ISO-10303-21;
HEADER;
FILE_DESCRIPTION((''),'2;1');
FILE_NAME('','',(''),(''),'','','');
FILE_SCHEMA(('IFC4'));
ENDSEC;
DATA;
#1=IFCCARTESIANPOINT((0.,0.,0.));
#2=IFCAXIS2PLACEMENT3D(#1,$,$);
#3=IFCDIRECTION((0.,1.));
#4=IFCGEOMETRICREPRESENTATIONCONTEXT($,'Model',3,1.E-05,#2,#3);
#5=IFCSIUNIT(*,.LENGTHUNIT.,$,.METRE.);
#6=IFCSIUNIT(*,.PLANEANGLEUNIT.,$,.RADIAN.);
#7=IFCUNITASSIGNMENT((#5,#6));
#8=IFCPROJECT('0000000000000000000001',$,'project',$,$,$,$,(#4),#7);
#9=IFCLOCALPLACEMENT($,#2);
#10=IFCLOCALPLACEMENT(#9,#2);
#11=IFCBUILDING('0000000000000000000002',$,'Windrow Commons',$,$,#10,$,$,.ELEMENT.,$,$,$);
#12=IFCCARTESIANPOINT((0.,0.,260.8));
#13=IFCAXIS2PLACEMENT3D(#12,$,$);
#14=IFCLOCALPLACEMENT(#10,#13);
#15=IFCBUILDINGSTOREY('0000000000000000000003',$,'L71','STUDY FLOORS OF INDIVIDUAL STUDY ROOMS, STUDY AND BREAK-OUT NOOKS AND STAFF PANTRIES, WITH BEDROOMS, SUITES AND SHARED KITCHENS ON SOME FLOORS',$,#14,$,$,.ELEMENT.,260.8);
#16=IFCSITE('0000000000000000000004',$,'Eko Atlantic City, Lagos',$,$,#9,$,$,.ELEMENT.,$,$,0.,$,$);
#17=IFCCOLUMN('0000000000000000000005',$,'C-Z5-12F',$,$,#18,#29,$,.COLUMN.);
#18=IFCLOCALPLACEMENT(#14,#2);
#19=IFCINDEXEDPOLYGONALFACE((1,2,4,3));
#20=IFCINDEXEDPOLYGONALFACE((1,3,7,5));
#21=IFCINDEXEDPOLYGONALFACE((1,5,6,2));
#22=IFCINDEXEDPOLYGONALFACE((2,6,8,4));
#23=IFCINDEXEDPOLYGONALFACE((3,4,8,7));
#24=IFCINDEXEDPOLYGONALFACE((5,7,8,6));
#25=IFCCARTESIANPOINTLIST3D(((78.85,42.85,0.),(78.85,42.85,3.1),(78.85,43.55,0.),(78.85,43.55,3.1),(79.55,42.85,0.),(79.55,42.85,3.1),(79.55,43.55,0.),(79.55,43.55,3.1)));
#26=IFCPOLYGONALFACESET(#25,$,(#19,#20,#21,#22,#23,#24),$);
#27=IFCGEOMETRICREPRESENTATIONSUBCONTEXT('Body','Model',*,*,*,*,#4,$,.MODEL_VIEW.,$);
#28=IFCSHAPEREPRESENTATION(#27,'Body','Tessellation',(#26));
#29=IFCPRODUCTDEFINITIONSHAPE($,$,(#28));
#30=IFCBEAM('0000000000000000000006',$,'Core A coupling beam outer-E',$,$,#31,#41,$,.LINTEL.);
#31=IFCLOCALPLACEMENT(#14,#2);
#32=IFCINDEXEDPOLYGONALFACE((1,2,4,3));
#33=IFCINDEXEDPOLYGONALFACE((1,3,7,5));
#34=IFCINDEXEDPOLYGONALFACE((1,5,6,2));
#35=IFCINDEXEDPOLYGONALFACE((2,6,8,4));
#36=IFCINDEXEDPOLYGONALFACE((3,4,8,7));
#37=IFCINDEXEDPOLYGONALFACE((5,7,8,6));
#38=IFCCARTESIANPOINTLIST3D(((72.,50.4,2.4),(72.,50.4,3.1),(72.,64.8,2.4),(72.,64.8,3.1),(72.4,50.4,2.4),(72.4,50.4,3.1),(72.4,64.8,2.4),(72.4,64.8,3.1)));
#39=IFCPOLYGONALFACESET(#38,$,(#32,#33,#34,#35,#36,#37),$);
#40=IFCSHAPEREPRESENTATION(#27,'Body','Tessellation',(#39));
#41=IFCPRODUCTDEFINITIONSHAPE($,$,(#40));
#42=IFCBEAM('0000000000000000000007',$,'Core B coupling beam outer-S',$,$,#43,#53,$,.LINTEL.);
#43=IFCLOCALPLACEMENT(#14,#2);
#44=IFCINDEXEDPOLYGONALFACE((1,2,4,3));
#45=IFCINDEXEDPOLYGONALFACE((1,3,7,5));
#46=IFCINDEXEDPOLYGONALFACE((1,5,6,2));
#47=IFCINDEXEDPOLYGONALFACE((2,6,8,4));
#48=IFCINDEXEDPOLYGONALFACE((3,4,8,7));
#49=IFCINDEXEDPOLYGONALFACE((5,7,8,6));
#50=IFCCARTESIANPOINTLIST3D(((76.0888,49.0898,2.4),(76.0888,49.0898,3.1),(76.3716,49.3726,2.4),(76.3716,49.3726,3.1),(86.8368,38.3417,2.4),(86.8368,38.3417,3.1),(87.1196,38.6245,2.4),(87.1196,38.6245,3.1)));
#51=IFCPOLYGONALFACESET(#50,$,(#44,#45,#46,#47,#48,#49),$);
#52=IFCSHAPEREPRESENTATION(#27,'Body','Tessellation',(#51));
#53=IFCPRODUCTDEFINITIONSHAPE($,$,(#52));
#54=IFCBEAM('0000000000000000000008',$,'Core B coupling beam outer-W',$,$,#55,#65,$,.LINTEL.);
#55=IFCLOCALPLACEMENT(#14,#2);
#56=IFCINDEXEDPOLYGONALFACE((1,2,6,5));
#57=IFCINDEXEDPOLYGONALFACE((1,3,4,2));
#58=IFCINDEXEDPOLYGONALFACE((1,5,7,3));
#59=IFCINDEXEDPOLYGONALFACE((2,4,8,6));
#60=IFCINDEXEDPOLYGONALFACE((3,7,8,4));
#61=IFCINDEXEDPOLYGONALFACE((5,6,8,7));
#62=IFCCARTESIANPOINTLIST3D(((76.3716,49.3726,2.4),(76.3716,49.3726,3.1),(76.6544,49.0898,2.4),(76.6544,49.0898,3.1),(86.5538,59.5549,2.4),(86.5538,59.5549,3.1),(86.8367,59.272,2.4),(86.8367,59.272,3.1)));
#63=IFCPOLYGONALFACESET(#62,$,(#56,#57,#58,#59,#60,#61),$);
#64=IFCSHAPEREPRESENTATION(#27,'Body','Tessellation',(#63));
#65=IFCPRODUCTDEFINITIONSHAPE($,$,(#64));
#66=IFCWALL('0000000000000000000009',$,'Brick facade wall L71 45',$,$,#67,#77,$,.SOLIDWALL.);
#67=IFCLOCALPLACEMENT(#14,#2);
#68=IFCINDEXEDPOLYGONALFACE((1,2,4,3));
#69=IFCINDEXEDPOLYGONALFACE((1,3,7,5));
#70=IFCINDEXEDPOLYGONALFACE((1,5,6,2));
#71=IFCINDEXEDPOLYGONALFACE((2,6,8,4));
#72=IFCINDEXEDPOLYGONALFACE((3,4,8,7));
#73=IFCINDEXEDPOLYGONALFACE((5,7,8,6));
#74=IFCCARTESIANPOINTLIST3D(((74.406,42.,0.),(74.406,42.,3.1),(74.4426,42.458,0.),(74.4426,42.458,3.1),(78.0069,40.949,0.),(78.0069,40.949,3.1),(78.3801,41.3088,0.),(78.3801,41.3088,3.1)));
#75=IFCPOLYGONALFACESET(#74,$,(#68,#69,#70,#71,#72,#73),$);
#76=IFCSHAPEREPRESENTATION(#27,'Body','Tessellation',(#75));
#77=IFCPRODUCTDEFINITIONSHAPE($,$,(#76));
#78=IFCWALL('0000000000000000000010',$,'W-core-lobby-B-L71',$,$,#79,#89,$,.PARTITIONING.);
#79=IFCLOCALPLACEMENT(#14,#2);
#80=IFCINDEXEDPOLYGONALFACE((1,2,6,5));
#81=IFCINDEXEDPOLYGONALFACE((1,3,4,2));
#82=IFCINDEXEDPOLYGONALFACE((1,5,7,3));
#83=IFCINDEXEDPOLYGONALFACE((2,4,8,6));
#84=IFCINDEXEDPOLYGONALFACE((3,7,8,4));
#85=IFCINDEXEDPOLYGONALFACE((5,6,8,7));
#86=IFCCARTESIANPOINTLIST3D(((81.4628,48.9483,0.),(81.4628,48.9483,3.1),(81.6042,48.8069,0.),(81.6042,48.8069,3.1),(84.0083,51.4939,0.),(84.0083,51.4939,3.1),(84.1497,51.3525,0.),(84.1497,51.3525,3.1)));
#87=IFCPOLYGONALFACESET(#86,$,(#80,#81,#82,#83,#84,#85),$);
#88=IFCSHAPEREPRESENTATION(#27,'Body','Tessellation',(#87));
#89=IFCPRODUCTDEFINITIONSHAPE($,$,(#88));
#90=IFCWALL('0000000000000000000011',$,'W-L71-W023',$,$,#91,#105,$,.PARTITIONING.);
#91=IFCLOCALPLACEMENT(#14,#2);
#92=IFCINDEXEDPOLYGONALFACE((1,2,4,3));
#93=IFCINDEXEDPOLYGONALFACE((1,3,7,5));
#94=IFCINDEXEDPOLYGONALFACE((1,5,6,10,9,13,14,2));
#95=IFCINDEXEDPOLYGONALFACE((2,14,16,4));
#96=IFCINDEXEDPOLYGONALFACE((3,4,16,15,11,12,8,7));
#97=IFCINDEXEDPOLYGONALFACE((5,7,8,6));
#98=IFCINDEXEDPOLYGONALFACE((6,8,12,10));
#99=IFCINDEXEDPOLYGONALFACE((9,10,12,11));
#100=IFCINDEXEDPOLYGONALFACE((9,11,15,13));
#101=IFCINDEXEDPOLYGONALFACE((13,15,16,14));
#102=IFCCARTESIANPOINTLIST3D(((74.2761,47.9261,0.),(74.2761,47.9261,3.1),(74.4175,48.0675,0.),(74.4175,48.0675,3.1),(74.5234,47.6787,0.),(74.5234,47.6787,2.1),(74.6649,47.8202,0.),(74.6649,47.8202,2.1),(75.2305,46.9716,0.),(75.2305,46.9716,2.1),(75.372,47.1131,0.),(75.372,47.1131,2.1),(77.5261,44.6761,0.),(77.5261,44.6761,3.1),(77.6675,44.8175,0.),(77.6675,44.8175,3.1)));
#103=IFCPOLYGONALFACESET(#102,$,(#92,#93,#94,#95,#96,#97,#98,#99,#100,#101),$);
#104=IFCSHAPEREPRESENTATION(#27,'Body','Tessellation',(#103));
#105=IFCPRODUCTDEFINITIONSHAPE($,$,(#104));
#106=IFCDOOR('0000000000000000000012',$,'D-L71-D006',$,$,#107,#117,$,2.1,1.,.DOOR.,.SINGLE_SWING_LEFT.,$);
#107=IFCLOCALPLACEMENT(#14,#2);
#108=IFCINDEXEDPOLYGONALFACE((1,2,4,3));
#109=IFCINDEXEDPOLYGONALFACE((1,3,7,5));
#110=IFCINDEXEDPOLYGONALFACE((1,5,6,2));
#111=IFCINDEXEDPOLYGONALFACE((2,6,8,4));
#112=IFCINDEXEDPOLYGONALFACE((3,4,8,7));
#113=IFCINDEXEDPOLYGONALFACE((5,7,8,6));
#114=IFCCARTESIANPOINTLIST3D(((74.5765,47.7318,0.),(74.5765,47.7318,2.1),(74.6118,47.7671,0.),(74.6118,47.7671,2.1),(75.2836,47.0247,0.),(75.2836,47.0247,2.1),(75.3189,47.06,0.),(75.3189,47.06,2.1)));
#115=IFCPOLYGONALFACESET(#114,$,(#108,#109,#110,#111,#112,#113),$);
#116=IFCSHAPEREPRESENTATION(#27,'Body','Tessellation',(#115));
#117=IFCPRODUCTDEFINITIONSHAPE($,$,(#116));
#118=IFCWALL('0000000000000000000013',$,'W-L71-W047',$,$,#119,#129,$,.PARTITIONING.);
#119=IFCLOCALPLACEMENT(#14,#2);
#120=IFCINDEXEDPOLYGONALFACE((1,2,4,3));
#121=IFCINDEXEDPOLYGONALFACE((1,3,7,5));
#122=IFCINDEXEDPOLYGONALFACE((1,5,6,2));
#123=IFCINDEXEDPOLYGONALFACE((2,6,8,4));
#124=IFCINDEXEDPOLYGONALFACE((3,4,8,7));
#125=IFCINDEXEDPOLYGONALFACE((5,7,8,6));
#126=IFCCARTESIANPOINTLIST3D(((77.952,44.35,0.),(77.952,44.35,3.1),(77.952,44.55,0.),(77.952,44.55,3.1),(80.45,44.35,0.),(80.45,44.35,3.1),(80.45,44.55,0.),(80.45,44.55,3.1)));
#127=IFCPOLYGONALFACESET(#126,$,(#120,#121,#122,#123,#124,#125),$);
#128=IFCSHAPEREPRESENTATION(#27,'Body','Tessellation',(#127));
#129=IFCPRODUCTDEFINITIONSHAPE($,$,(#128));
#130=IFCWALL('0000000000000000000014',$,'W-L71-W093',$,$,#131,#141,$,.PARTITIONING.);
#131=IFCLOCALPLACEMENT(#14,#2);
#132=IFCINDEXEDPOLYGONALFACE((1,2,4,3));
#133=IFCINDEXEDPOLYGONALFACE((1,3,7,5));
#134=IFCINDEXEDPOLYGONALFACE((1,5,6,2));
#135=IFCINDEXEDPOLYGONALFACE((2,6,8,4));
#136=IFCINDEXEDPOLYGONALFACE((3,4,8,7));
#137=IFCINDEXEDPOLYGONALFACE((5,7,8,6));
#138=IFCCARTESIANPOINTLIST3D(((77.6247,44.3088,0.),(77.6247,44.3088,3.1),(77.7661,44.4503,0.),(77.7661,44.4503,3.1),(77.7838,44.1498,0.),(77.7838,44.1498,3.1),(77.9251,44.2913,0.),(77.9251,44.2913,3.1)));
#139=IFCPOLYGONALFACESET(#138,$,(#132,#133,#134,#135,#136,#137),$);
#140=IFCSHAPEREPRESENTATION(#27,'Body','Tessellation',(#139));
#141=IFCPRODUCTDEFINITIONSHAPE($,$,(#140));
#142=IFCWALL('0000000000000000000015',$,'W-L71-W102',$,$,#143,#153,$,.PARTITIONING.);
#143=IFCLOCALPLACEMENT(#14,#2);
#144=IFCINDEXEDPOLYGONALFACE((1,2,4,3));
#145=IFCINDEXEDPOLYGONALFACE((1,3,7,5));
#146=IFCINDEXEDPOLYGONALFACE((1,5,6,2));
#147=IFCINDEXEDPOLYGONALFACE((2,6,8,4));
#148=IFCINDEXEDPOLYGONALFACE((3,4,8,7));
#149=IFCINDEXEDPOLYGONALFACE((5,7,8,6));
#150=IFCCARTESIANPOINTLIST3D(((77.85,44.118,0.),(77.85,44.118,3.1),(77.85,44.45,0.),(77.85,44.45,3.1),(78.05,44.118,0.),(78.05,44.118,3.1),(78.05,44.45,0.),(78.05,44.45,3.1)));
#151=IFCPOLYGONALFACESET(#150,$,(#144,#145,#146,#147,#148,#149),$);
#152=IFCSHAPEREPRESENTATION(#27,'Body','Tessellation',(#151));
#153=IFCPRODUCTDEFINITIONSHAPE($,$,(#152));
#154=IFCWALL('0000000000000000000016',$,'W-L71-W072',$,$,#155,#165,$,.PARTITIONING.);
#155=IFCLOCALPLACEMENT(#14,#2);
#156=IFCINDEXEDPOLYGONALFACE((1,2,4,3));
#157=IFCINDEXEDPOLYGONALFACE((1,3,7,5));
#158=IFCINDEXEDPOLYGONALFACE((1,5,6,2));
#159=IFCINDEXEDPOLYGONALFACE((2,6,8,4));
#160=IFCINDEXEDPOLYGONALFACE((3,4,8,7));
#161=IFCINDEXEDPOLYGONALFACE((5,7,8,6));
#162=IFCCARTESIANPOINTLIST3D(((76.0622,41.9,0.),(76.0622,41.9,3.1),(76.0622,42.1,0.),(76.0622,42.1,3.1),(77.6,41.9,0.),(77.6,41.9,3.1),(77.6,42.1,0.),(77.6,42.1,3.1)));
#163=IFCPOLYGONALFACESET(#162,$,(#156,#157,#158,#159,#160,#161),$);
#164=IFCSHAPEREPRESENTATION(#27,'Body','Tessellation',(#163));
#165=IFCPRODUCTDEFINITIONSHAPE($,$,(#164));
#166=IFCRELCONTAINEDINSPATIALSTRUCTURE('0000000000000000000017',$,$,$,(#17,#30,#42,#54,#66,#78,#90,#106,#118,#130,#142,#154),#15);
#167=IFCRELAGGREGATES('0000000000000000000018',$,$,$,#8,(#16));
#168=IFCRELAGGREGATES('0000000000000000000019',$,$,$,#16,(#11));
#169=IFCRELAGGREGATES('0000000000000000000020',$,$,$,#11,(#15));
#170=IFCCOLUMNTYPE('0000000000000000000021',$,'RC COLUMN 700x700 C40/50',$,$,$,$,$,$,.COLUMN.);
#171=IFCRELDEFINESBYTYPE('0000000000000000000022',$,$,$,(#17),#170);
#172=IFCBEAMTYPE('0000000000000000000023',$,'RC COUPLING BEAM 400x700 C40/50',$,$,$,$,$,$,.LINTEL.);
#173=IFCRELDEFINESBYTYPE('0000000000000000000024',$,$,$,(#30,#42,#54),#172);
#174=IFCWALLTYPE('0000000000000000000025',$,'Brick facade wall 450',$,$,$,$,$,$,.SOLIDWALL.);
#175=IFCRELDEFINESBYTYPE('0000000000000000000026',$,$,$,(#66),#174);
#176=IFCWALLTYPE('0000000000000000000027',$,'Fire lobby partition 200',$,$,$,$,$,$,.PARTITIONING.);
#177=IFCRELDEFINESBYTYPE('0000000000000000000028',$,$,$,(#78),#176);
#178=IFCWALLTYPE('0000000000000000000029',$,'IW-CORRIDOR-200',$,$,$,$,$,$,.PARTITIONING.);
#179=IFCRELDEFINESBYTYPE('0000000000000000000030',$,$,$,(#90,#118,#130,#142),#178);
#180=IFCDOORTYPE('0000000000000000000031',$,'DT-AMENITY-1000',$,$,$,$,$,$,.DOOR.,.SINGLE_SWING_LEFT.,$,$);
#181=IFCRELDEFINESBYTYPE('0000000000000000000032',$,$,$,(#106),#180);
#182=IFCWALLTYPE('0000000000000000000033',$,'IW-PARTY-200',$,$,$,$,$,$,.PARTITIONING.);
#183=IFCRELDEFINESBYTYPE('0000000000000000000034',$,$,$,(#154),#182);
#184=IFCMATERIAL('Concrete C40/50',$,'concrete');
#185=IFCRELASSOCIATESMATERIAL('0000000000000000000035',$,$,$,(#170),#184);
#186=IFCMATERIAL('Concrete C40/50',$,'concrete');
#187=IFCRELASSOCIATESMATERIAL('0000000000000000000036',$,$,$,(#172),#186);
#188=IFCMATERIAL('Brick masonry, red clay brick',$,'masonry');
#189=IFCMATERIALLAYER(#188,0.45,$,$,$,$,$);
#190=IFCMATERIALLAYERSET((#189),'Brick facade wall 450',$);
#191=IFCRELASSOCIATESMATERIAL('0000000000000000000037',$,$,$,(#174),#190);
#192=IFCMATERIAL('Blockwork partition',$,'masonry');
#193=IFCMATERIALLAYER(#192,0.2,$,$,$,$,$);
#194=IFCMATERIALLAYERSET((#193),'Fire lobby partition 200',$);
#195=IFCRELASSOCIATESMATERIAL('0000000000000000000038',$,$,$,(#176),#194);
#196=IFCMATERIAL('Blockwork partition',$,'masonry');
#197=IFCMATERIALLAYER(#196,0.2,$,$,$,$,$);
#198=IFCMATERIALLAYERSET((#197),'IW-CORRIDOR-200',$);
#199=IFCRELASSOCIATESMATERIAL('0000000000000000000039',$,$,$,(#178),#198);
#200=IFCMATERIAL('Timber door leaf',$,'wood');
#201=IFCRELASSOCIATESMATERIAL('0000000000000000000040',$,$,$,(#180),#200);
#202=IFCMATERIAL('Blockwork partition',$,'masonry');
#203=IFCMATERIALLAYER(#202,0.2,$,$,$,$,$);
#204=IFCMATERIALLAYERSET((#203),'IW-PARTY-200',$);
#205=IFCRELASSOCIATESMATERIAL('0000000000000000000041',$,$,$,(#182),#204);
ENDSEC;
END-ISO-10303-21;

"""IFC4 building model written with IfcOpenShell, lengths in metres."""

from ifc_helpers import new_model, si_unit, direction, frame, frame_2d, origin, origin_2d, place, context, subcontext, project, spatial, polyline, rectangle, outline, extrude, material, layer, layer_set, material_profile, profile_set, type_object, element, fill, save


model = new_model("IFC4")

# Units and contexts
model_context = context("Model", 3, precision=1e-05, world=origin(), true_north=direction((0.0, 1.0)))
body_context = subcontext(model_context, "Body", "Model", "MODEL_VIEW")
ifc_project = project(units=[si_unit("LENGTHUNIT", "METRE"), si_unit("PLANEANGLEUNIT", "RADIAN")], contexts=[model_context])

# Site, building, storey
site_placement = place(None, origin())
site = spatial("IfcSite", under=ifc_project, at=site_placement, Name="Eko Atlantic City, Lagos", CompositionType="ELEMENT", RefElevation=0.0)
building_placement = place(site_placement, origin())
building = spatial("IfcBuilding", under=site, at=building_placement, Name="Windrow Commons", CompositionType="ELEMENT")
storey_placement = place(building_placement, frame((0.0, 0.0, 260.8)))
storey = spatial("IfcBuildingStorey", under=building, at=storey_placement, Name="L71", Description="STUDY FLOORS OF INDIVIDUAL STUDY ROOMS, STUDY AND BREAK-OUT NOOKS AND STAFF PANTRIES, WITH BEDROOMS, SUITES AND SHARED KITCHENS ON SOME FLOORS", CompositionType="ELEMENT", Elevation=260.8)

# Column
ifc_material_1 = material(Name="Concrete C40/50", Category="concrete")
ifc_material_profile_1 = material_profile(ifc_material_1, rectangle(XDim=0.7, YDim=0.7, at=origin_2d()))
ifc_profile_set_1 = profile_set([ifc_material_profile_1], Name="Concrete C40/50")
column_type = type_object("IfcColumnType", Name="RC COLUMN 700x700 C40/50", PredefinedType="COLUMN", material=ifc_profile_set_1)
column_placement = place(storey_placement, frame((79.2, 43.2, 0.0), z_axis=(0.0, 0.0, 1.0), x_axis=(1.0, 0.0, 0.0)))
element("IfcColumn", 1, at=column_placement, inside=storey, type_object=column_type, Name="C-Z5-12F", PredefinedType="COLUMN", context=body_context, shape_type="SweptSolid", body=[
    extrude(rectangle(XDim=0.7, YDim=0.7, at=origin_2d()), origin(), (0.0, 0.0, 1.0), 3.1),
])

# Beams
ifc_material_2 = material(Name="Concrete C40/50", Category="concrete")
ifc_material_profile_2 = material_profile(ifc_material_2, rectangle(XDim=0.4, YDim=0.7, at=origin_2d()))
ifc_profile_set_2 = profile_set([ifc_material_profile_2], Name="Concrete C40/50")
beam_type = type_object("IfcBeamType", Name="RC COUPLING BEAM 400x700 C40/50", PredefinedType="LINTEL", material=ifc_profile_set_2)
beam_1_placement = place(storey_placement, frame((72.2, 50.4, 2.75), z_axis=(0.0, 1.0, 0.0), x_axis=(-1.0, 0.0, 0.0)))
element("IfcBeam", 2, at=beam_1_placement, inside=storey, type_object=beam_type, Name="Core A coupling beam outer-E", PredefinedType="LINTEL", context=body_context, shape_type="SweptSolid", body=[
    extrude(rectangle(XDim=0.4, YDim=0.7, at=origin_2d()), origin(), (0.0, 0.0, 1.0), 14.4),
])
beam_2_placement = place(storey_placement, frame((76.2302, 49.2312, 2.75), z_axis=(0.707103, -0.70711, 0.0), x_axis=(0.70711, 0.707103, 0.0)))
element("IfcBeam", 3, at=beam_2_placement, inside=storey, type_object=beam_type, Name="Core B coupling beam outer-S", PredefinedType="LINTEL", context=body_context, shape_type="SweptSolid", body=[
    extrude(rectangle(XDim=0.4, YDim=0.7, at=origin_2d()), origin(), (0.0, 0.0, 1.0), 15.2),
])
beam_3_placement = place(storey_placement, frame((76.513, 49.2312, 2.75), z_axis=(0.707107, 0.707107, 0.0), x_axis=(-0.707107, 0.707107, 0.0)))
element("IfcBeam", 4, at=beam_3_placement, inside=storey, type_object=beam_type, Name="Core B coupling beam outer-W", PredefinedType="LINTEL", context=body_context, shape_type="SweptSolid", body=[
    extrude(rectangle(XDim=0.4, YDim=0.7, at=origin_2d()), origin(), (0.0, 0.0, 1.0), 14.3999),
])

# Walls
ifc_material_3 = material(Name="Brick masonry, red clay brick", Category="masonry")
ifc_layer_1 = layer(ifc_material_3, 0.45)
ifc_layer_set_1 = layer_set([ifc_layer_1], Name="Brick facade wall 450")
wall_type_1 = type_object("IfcWallType", Name="Brick facade wall 450", PredefinedType="SOLIDWALL", material=ifc_layer_set_1)
wall_1_placement = place(storey_placement, frame((74.4243, 42.229, 0.0), z_axis=(0.0, 0.0, 1.0), x_axis=(0.959949, -0.280176, 0.0)))
element("IfcWall", 5, at=wall_1_placement, inside=storey, type_object=wall_type_1, Name="Brick facade wall L71 45", PredefinedType="SOLIDWALL", context=body_context, shape_type="SweptSolid", body=[
    extrude(outline(polyline([(0.0466, -0.225), (3.7977, -0.225), (4.0552, 0.225), (-0.0466, 0.225), (0.0466, -0.225)])), origin(), (0.0, 0.0, 1.0), 3.1),
])
ifc_material_4 = material(Name="Blockwork partition", Category="masonry")
ifc_layer_2 = layer(ifc_material_4, 0.2)
ifc_layer_set_2 = layer_set([ifc_layer_2], Name="Fire lobby partition 200")
wall_type_2 = type_object("IfcWallType", Name="Fire lobby partition 200", PredefinedType="PARTITIONING", material=ifc_layer_set_2)
wall_2_placement = place(storey_placement, frame((81.5335, 48.8776, 0.0), z_axis=(0.0, 0.0, 1.0), x_axis=(0.707093, 0.707121, 0.0)))
element("IfcWall", 6, at=wall_2_placement, inside=storey, type_object=wall_type_2, Name="W-core-lobby-B-L71", PredefinedType="PARTITIONING", context=body_context, shape_type="SweptSolid", body=[
    extrude(rectangle(XDim=3.6, YDim=0.2, at=frame_2d((1.8, 0.0))), origin(), (0.0, 0.0, 1.0), 3.1),
])

# Wall, opening, door
ifc_material_5 = material(Name="Blockwork partition", Category="masonry")
ifc_layer_3 = layer(ifc_material_5, 0.2)
ifc_layer_set_3 = layer_set([ifc_layer_3], Name="IW-CORRIDOR-200")
wall_type_3 = type_object("IfcWallType", Name="IW-CORRIDOR-200", PredefinedType="PARTITIONING", material=ifc_layer_set_3)
wall_3_placement = place(storey_placement, frame((74.3468, 47.9968, 0.0), z_axis=(0.0, 0.0, 1.0), x_axis=(0.707107, -0.707107, 0.0)))
wall_3 = element("IfcWall", 7, at=wall_3_placement, inside=storey, type_object=wall_type_3, Name="W-L71-W023", PredefinedType="PARTITIONING", context=body_context, shape_type="SweptSolid", body=[
    extrude(rectangle(XDim=4.5962, YDim=0.2, at=frame_2d((2.2981, 0.0))), origin(), (0.0, 0.0, 1.0), 3.1),
])
opening_1_placement = place(wall_3_placement, frame((0.3498, 0.0, 0.0)))
opening_1 = element("IfcOpeningElement", 8, at=opening_1_placement, cuts=wall_3, PredefinedType="OPENING", context=body_context, shape_type="SweptSolid", body=[
    extrude(rectangle(XDim=1.0, YDim=2.1, at=frame_2d((0.5, 1.05))), frame((0.0, 0.11, 0.0), z_axis=(0.0, -1.0, 0.0), x_axis=(1.0, 0.0, 0.0)), (0.0, 0.0, 1.0), 0.22),
])
ifc_material_6 = material(Name="Timber door leaf", Category="wood")
door_type_1 = type_object("IfcDoorType", Name="DT-AMENITY-1000", OperationType="SINGLE_SWING_LEFT", PredefinedType="DOOR", material=ifc_material_6)
door_1_placement = place(opening_1_placement, origin())
door_1 = element("IfcDoor", 9, at=door_1_placement, inside=storey, type_object=door_type_1, Name="D-L71-D006", OperationType="SINGLE_SWING_LEFT", OverallHeight=2.1, OverallWidth=1.0, PredefinedType="DOOR", context=body_context, shape_type="SweptSolid", body=[
    extrude(rectangle(XDim=1.0, YDim=2.1, at=frame_2d((0.5, 1.05))), frame((0.0, 0.025, 0.0), z_axis=(0.0, -1.0, 0.0), x_axis=(1.0, 0.0, 0.0)), (0.0, 0.0, 1.0), 0.05),
])
fill(opening_1, door_1)

# Walls
wall_4_placement = place(storey_placement, frame((77.952, 44.45, 0.0), z_axis=(0.0, 0.0, 1.0), x_axis=(1.0, 0.0, 0.0)))
element("IfcWall", 10, at=wall_4_placement, inside=storey, type_object=wall_type_3, Name="W-L71-W047", PredefinedType="PARTITIONING", context=body_context, shape_type="SweptSolid", body=[
    extrude(rectangle(XDim=2.498, YDim=0.2, at=frame_2d((1.249, 0.0))), origin(), (0.0, 0.0, 1.0), 3.1),
])
wall_5_placement = place(storey_placement, frame((77.6954, 44.3795, 0.0), z_axis=(0.0, 0.0, 1.0), x_axis=(0.707329, -0.706884, 0.0)))
element("IfcWall", 11, at=wall_5_placement, inside=storey, type_object=wall_type_3, Name="W-L71-W093", PredefinedType="PARTITIONING", context=body_context, shape_type="SweptSolid", body=[
    extrude(rectangle(XDim=0.2249, YDim=0.2, at=frame_2d((0.1124, 0.0))), origin(), (0.0, 0.0, 1.0), 3.1),
])
wall_6_placement = place(storey_placement, frame((77.95, 44.118, 0.0), z_axis=(0.0, 0.0, 1.0), x_axis=(0.0, 1.0, 0.0)))
element("IfcWall", 12, at=wall_6_placement, inside=storey, type_object=wall_type_3, Name="W-L71-W102", PredefinedType="PARTITIONING", context=body_context, shape_type="SweptSolid", body=[
    extrude(rectangle(XDim=0.332, YDim=0.2, at=frame_2d((0.166, 0.0))), origin(), (0.0, 0.0, 1.0), 3.1),
])
ifc_material_7 = material(Name="Blockwork partition", Category="masonry")
ifc_layer_4 = layer(ifc_material_7, 0.2)
ifc_layer_set_4 = layer_set([ifc_layer_4], Name="IW-PARTY-200")
wall_type_4 = type_object("IfcWallType", Name="IW-PARTY-200", PredefinedType="PARTITIONING", material=ifc_layer_set_4)
wall_7_placement = place(storey_placement, frame((76.0621, 42.0, 0.0), z_axis=(0.0, 0.0, 1.0), x_axis=(1.0, 0.0, 0.0)))
element("IfcWall", 13, at=wall_7_placement, inside=storey, type_object=wall_type_4, Name="W-L71-W072", PredefinedType="PARTITIONING", context=body_context, shape_type="SweptSolid", body=[
    extrude(rectangle(XDim=1.5379, YDim=0.2, at=frame_2d((0.769, 0.0))), origin(), (0.0, 0.0, 1.0), 3.1),
])

save(model, "model.ifc")
